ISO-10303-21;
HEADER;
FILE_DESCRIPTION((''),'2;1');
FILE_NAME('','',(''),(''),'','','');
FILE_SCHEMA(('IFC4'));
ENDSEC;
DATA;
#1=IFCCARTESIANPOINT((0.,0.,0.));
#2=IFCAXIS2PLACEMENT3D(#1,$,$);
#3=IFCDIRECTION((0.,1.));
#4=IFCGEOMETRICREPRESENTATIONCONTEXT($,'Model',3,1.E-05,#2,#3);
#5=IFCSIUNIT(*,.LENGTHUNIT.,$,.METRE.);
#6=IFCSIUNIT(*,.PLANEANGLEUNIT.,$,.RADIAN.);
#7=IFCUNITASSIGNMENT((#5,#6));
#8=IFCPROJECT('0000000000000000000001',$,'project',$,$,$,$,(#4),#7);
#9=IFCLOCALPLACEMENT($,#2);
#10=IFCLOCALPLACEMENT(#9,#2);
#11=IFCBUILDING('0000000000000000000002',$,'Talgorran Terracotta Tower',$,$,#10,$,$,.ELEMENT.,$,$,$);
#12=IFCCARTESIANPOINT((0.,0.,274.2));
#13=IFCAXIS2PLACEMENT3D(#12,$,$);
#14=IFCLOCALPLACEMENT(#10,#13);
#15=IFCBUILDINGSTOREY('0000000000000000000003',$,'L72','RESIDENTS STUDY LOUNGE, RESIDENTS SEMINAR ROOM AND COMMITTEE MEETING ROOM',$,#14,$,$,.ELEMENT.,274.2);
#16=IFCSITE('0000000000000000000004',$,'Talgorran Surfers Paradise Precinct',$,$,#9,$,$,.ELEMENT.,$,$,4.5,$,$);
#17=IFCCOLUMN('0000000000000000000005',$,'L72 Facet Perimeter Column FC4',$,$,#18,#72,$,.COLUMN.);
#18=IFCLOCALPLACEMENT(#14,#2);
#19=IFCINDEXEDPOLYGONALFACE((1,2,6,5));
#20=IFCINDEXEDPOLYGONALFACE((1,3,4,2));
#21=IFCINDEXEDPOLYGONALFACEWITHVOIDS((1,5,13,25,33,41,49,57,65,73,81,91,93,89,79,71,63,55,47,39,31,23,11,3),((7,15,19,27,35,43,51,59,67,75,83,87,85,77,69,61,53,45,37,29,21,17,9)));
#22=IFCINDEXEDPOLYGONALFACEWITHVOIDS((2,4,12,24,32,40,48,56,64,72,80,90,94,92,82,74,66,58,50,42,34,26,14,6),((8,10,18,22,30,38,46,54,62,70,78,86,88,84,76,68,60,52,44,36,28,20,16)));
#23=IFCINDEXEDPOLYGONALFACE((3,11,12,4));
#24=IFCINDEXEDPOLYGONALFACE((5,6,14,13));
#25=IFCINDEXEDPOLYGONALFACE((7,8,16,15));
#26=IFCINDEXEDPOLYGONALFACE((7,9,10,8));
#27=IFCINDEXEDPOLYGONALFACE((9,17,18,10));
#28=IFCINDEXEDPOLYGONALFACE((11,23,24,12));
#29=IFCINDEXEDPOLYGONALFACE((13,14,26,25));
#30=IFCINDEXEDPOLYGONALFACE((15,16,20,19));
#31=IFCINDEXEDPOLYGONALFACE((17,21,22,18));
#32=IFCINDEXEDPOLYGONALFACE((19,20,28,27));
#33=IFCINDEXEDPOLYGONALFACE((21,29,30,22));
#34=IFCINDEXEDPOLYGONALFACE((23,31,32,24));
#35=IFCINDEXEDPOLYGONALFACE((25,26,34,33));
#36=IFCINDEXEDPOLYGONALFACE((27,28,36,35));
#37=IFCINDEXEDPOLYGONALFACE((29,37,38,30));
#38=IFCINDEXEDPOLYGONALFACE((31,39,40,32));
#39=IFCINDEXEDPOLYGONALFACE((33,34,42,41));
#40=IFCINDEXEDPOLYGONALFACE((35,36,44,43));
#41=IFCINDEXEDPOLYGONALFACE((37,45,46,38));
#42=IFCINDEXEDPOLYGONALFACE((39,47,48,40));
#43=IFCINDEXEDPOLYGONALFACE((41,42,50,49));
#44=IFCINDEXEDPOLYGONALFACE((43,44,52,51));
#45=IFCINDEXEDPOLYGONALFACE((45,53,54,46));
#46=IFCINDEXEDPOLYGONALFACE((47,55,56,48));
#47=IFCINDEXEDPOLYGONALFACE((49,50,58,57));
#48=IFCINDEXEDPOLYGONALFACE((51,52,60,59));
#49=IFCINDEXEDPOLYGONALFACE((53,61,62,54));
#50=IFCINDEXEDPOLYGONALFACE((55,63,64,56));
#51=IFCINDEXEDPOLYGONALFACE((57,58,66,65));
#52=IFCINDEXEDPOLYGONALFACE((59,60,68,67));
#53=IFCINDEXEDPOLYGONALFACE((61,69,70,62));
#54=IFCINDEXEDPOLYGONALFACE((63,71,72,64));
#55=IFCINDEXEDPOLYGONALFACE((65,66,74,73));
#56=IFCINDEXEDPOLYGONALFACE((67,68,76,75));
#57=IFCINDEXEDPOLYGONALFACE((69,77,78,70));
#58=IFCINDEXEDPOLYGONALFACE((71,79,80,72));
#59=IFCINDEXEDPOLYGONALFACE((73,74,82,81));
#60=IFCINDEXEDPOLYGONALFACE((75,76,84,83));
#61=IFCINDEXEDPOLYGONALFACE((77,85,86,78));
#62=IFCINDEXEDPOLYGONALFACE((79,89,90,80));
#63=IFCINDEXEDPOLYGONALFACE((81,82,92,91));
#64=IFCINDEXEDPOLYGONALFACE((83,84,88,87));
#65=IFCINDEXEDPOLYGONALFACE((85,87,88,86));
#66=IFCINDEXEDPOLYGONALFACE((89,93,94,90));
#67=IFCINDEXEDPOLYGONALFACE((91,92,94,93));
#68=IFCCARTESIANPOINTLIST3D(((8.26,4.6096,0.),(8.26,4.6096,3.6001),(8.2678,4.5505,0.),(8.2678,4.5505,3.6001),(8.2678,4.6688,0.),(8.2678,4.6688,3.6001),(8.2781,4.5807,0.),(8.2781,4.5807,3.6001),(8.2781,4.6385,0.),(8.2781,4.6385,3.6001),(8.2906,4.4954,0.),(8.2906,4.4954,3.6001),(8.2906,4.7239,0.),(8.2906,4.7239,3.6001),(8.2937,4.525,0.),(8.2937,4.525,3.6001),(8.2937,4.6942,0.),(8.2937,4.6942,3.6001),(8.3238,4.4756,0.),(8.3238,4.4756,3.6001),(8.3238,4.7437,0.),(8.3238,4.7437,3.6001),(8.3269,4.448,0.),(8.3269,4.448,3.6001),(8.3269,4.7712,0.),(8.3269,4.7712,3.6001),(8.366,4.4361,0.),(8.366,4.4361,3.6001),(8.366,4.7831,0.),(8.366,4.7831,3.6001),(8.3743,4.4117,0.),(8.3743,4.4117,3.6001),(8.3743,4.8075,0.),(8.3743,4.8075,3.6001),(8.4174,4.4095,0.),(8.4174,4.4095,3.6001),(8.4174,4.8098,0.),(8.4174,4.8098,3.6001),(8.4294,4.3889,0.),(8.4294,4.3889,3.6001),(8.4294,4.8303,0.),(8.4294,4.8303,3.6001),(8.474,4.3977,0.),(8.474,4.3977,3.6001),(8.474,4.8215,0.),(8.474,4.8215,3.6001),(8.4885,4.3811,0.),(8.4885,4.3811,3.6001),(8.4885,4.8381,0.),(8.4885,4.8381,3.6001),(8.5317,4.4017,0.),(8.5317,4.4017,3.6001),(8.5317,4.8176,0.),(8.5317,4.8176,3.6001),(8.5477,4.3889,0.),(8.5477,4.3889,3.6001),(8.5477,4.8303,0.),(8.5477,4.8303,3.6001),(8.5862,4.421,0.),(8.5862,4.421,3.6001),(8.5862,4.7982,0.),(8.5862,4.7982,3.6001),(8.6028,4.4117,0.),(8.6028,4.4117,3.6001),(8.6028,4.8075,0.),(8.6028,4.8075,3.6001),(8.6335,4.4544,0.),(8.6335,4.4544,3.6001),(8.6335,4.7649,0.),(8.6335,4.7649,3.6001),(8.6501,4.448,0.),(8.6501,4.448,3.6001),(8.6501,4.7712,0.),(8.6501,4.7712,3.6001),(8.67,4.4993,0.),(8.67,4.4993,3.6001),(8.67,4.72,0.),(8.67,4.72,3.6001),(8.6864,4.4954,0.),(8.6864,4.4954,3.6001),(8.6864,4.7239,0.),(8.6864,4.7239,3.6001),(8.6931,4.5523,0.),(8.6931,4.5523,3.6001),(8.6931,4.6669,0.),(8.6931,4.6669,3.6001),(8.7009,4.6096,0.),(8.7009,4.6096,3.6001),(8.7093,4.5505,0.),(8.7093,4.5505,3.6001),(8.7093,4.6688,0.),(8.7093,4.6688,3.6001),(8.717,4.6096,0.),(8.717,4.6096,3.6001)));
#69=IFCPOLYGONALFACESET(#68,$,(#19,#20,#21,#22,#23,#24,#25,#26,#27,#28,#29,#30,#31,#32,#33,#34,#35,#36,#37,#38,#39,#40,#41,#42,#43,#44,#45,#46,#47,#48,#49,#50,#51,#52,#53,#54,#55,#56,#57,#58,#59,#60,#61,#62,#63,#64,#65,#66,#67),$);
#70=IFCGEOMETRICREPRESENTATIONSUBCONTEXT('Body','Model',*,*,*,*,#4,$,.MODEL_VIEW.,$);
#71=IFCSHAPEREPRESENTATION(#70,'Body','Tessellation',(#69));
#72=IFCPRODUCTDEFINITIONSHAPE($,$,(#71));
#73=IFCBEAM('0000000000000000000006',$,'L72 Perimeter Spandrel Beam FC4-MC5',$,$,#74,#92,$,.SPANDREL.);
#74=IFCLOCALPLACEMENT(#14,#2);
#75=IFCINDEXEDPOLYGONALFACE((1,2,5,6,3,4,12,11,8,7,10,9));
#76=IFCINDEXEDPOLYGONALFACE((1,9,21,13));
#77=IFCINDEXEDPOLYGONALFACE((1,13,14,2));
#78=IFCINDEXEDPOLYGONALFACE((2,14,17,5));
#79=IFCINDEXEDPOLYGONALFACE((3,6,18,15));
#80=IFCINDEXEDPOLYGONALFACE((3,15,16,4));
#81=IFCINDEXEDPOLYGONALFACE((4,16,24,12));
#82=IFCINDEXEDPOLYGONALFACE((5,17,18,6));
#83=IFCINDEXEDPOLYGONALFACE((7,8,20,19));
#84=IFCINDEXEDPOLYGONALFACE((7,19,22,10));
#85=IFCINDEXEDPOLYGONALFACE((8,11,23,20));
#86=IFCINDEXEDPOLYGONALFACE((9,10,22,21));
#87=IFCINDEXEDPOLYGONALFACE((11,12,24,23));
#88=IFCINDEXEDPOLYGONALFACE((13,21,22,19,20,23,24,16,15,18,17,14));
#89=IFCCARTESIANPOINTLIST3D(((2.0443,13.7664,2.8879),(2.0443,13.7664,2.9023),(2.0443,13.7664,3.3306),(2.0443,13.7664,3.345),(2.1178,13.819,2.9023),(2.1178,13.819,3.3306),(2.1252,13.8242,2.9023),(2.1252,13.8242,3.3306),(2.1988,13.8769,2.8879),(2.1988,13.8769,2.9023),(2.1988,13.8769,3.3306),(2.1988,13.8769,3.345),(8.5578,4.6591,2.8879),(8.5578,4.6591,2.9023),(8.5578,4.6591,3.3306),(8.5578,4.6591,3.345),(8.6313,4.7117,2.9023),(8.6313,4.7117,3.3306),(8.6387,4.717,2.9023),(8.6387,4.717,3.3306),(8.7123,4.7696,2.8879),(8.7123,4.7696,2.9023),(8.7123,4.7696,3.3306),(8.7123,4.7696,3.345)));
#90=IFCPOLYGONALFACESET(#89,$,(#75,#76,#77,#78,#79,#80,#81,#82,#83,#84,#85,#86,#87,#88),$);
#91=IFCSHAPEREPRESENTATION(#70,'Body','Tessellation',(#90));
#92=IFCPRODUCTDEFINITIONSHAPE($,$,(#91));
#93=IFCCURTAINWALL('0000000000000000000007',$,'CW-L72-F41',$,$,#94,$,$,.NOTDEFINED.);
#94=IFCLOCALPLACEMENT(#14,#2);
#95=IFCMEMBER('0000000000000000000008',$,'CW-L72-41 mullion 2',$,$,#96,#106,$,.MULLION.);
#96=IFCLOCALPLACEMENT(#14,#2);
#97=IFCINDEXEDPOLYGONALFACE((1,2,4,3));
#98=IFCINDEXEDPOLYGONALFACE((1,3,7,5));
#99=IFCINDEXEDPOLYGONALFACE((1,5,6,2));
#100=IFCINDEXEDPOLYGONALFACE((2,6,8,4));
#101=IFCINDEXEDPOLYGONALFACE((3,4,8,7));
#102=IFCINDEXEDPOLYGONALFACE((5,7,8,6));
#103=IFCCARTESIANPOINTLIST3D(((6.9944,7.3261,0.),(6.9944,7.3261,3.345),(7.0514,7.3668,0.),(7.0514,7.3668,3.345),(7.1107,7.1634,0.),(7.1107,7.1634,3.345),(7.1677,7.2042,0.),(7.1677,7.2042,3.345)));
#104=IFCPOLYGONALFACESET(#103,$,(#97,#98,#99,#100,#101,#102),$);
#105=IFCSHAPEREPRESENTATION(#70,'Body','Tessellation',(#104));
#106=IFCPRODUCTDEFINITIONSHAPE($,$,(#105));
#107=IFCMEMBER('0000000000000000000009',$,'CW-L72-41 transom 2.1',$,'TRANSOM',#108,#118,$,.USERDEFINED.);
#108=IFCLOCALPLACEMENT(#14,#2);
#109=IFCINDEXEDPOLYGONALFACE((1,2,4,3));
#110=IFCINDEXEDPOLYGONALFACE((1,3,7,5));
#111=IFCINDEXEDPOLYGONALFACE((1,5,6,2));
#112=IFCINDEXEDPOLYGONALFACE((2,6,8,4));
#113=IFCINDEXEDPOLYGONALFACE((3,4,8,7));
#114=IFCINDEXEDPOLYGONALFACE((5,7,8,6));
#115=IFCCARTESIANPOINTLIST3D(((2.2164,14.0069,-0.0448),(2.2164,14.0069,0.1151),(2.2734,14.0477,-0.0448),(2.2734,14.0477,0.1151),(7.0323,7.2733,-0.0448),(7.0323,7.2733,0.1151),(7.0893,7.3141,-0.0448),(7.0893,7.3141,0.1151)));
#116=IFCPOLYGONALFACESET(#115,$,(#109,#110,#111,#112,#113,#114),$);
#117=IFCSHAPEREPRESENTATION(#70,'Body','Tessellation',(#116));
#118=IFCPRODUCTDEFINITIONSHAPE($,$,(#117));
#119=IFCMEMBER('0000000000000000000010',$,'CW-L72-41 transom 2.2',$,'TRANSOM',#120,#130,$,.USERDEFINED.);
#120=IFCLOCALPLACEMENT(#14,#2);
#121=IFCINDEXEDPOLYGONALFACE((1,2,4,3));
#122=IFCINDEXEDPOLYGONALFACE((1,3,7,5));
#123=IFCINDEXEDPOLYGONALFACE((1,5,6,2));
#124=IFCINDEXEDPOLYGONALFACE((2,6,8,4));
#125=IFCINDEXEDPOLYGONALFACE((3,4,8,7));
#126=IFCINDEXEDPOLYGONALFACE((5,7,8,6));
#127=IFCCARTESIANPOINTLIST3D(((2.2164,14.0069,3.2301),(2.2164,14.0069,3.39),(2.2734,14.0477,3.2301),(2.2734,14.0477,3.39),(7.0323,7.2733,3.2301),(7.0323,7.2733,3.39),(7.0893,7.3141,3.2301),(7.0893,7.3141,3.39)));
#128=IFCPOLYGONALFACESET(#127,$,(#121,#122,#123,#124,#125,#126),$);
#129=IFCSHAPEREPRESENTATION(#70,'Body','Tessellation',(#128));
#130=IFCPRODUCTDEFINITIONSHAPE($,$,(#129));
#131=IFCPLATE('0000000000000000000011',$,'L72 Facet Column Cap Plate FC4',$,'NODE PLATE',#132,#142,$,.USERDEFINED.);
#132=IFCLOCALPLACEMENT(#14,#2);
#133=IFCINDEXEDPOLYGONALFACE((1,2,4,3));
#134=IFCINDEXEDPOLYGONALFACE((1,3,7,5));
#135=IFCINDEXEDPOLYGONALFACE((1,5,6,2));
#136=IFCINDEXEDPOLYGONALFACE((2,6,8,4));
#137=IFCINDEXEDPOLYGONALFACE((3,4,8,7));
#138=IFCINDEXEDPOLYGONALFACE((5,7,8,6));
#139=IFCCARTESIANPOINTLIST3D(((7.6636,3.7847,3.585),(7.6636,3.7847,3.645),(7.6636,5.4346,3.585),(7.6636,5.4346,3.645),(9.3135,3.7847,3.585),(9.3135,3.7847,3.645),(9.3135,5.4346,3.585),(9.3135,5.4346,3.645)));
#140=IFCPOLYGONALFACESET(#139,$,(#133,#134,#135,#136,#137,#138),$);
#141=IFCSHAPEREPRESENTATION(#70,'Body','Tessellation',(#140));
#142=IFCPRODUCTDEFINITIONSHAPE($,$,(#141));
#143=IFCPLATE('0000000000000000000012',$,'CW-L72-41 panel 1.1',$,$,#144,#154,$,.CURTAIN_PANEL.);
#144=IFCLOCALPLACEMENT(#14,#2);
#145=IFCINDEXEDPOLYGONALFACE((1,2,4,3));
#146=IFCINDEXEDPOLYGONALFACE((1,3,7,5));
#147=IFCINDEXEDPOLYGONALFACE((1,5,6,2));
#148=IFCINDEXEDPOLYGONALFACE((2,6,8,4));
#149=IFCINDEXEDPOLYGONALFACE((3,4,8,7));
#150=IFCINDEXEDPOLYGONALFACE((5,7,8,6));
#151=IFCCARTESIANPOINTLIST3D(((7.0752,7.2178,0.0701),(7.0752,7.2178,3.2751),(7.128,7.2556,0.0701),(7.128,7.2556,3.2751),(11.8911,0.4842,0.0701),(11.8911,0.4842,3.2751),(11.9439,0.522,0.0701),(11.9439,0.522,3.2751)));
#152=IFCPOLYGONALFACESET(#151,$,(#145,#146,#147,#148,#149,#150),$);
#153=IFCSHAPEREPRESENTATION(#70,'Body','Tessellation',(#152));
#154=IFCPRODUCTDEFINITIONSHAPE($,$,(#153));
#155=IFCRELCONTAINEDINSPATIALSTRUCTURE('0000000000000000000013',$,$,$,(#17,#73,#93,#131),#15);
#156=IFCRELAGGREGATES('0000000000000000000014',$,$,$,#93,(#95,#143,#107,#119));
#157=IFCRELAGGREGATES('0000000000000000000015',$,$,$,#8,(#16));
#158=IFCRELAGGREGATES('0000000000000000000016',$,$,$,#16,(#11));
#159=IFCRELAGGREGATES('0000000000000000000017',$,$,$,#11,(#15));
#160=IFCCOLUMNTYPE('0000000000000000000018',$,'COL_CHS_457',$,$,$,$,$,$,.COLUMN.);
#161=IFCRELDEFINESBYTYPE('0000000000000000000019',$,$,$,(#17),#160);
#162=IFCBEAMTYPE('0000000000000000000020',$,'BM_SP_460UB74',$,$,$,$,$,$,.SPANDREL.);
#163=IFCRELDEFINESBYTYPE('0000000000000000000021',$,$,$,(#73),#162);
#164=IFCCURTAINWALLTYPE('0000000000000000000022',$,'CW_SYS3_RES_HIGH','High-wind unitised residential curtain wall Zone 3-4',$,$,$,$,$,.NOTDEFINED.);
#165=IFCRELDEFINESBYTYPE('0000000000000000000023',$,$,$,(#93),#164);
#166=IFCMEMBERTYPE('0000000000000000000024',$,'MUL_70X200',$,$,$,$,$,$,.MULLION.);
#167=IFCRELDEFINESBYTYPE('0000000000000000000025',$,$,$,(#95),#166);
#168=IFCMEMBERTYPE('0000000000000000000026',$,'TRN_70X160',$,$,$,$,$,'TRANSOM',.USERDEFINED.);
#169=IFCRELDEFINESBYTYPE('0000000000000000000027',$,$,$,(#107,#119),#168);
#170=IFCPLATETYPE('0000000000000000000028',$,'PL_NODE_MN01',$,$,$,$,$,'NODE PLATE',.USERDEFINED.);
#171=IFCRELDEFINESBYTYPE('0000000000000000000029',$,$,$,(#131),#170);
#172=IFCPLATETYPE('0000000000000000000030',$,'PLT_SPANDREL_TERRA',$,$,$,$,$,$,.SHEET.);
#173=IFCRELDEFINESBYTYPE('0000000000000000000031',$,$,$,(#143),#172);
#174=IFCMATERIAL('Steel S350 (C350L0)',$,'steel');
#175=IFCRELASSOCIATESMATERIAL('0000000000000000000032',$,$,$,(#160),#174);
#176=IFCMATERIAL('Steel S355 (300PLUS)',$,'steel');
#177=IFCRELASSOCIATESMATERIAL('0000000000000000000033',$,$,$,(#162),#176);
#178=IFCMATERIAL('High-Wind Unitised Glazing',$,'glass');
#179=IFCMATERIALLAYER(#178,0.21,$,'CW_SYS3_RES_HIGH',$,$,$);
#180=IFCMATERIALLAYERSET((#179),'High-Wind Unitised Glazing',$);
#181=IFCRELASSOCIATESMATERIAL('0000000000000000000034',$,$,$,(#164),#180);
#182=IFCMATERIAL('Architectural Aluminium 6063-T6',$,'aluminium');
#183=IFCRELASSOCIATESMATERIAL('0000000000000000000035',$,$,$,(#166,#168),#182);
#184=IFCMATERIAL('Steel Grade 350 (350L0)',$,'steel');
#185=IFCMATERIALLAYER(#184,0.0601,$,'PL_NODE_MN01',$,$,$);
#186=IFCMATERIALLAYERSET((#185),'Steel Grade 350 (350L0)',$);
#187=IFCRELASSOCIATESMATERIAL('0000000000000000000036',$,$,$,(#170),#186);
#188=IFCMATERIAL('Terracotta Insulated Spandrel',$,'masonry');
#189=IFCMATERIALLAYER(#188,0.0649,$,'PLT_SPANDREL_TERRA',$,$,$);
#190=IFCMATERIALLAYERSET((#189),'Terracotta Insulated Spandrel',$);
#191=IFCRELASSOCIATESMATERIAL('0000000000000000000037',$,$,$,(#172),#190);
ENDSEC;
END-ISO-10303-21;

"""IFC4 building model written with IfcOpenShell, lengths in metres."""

from ifc_helpers import new_model, si_unit, direction, frame, origin, origin_2d, place, context, subcontext, project, spatial, rectangle, hollow_circle, i_section, extrude, source, transform, mapped, material, layer, layer_set, material_profile, profile_set, type_object, type_shapes, element, aggregate, save


model = new_model("IFC4")

# Units and contexts
model_context = context("Model", 3, precision=1e-05, world=origin(), true_north=direction((0.0, 1.0)))
body_context = subcontext(model_context, "Body", "Model", "MODEL_VIEW")
ifc_project = project(units=[si_unit("LENGTHUNIT", "METRE"), si_unit("PLANEANGLEUNIT", "RADIAN")], contexts=[model_context])

# Site, building, storey
site_placement = place(None, origin())
site = spatial("IfcSite", under=ifc_project, at=site_placement, Name="Talgorran Surfers Paradise Precinct", CompositionType="ELEMENT", RefElevation=4.5)
building_placement = place(site_placement, origin())
building = spatial("IfcBuilding", under=site, at=building_placement, Name="Talgorran Terracotta Tower", CompositionType="ELEMENT")
storey_placement = place(building_placement, frame((0.0, 0.0, 274.2)))
storey = spatial("IfcBuildingStorey", under=building, at=storey_placement, Name="L72", Description="RESIDENTS STUDY LOUNGE, RESIDENTS SEMINAR ROOM AND COMMITTEE MEETING ROOM", CompositionType="ELEMENT", Elevation=274.2)

# Column
ifc_material_1 = material(Name="Steel S350 (C350L0)", Category="steel")
ifc_material_profile_1 = material_profile(ifc_material_1, hollow_circle(Radius=0.2285, WallThickness=0.0161, at=origin_2d()), Name="CHS457X16")
ifc_profile_set_1 = profile_set([ifc_material_profile_1], Name="Steel S350 (C350L0)")
column_type = type_object("IfcColumnType", Name="COL_CHS_457", PredefinedType="COLUMN", material=ifc_profile_set_1)
column_placement = place(storey_placement, frame((8.4885, 4.6096, 0.0), z_axis=(0.0, 0.0, 1.0), x_axis=(1.0, 0.0, 0.0)))
element("IfcColumn", 1, at=column_placement, inside=storey, type_object=column_type, Name="L72 Facet Perimeter Column FC4", PredefinedType="COLUMN", context=body_context, shape_type="SweptSolid", body=[
    extrude(hollow_circle(Radius=0.2285, WallThickness=0.0161, at=origin_2d()), origin(), (0.0, 0.0, 1.0), 3.6001),
])

# Beam
ifc_material_2 = material(Name="Steel S355 (300PLUS)", Category="steel")
ifc_material_profile_2 = material_profile(ifc_material_2, i_section(OverallWidth=0.1899, OverallDepth=0.457, WebThickness=0.009, FlangeThickness=0.0144, at=origin_2d()), Name="460UB74.6")
ifc_profile_set_2 = profile_set([ifc_material_profile_2], Name="Steel S355 (300PLUS)")
beam_type = type_object("IfcBeamType", Name="BM_SP_460UB74", PredefinedType="SPANDREL", material=ifc_profile_set_2)
beam_placement = place(storey_placement, frame((8.635, 4.7144, 3.1165), z_axis=(-0.581729, 0.813383, 0.0), x_axis=(-0.813383, -0.581729, 0.0)))
element("IfcBeam", 2, at=beam_placement, inside=storey, type_object=beam_type, Name="L72 Perimeter Spandrel Beam FC4-MC5", PredefinedType="SPANDREL", context=body_context, shape_type="SweptSolid", body=[
    extrude(i_section(OverallWidth=0.1899, OverallDepth=0.457, WebThickness=0.009, FlangeThickness=0.0144, at=origin_2d()), origin(), (0.0, 0.0, 1.0), 11.1968),
])

# Curtain wall, members
ifc_material_3 = material(Name="High-Wind Unitised Glazing", Category="glass")
ifc_layer_1 = layer(ifc_material_3, 0.21, Name="CW_SYS3_RES_HIGH")
ifc_layer_set_1 = layer_set([ifc_layer_1], Name="High-Wind Unitised Glazing")
curtain_wall_type = type_object("IfcCurtainWallType", Name="CW_SYS3_RES_HIGH", Description="High-wind unitised residential curtain wall Zone 3-4", PredefinedType="NOTDEFINED", material=ifc_layer_set_1)
curtain_wall_placement = place(storey_placement, origin())
curtain_wall = element("IfcCurtainWall", 3, at=curtain_wall_placement, inside=storey, type_object=curtain_wall_type, Name="CW-L72-F41", PredefinedType="NOTDEFINED")
ifc_material_4 = material(Name="Architectural Aluminium 6063-T6", Category="aluminium")
ifc_material_profile_3 = material_profile(ifc_material_4, rectangle(XDim=0.0701, YDim=0.2, at=origin_2d()), Name="CWM70X200")
ifc_profile_set_3 = profile_set([ifc_material_profile_3], Name="Architectural Aluminium 6063-T6")
member_type_1 = type_object("IfcMemberType", Name="MUL_70X200", PredefinedType="MULLION", material=ifc_profile_set_3)
member_1_placement = place(storey_placement, frame((7.0811, 7.2651, 0.0), z_axis=(0.0, 0.0, 1.0), x_axis=(-0.81338, -0.581733, 0.0)))
member_1 = element("IfcMember", 4, at=member_1_placement, type_object=member_type_1, Name="CW-L72-41 mullion 2", PredefinedType="MULLION", context=body_context, shape_type="SweptSolid", body=[
    extrude(rectangle(XDim=0.0701, YDim=0.2, at=origin_2d()), origin(), (0.0, 0.0, 1.0), 3.345),
])
ifc_material_profile_4 = material_profile(ifc_material_4, rectangle(XDim=0.0701, YDim=0.1599, at=origin_2d()), Name="CWT70X160")
ifc_profile_set_4 = profile_set([ifc_material_profile_4], Name="Architectural Aluminium 6063-T6")
member_type_2 = type_object("IfcMemberType", Name="TRN_70X160", ElementType="TRANSOM", PredefinedType="USERDEFINED", material=ifc_profile_set_4)
member_2_placement = place(storey_placement, frame((7.0608, 7.2937, 0.0352), z_axis=(-0.581732, 0.813381, 0.0), x_axis=(-0.813381, -0.581732, 0.0)))
member_2 = element("IfcMember", 5, at=member_2_placement, type_object=member_type_2, Name="CW-L72-41 transom 2.1", ObjectType="TRANSOM", PredefinedType="USERDEFINED", context=body_context, shape_type="SweptSolid", body=[
    extrude(rectangle(XDim=0.0701, YDim=0.1599, at=origin_2d()), origin(), (0.0, 0.0, 1.0), 8.2786),
])
member_3_placement = place(storey_placement, frame((7.0608, 7.2937, 3.3101), z_axis=(-0.581732, 0.813381, 0.0), x_axis=(-0.813381, -0.581732, 0.0)))
member_3 = element("IfcMember", 6, at=member_3_placement, type_object=member_type_2, Name="CW-L72-41 transom 2.2", ObjectType="TRANSOM", PredefinedType="USERDEFINED", context=body_context, shape_type="SweptSolid", body=[
    extrude(rectangle(XDim=0.0701, YDim=0.1599, at=origin_2d()), origin(), (0.0, 0.0, 1.0), 8.2786),
])

# Plates
ifc_material_5 = material(Name="Steel Grade 350 (350L0)", Category="steel")
ifc_layer_2 = layer(ifc_material_5, 0.0601, Name="PL_NODE_MN01")
ifc_layer_set_2 = layer_set([ifc_layer_2], Name="Steel Grade 350 (350L0)")
plate_type_1 = type_object("IfcPlateType", Name="PL_NODE_MN01", ElementType="NODE PLATE", PredefinedType="USERDEFINED", material=ifc_layer_set_2)
plate_1_placement = place(storey_placement, frame((8.4885, 4.6096, 3.585), z_axis=(0.0, 0.0, 1.0), x_axis=(1.0, 0.0, 0.0)))
element("IfcPlate", 7, at=plate_1_placement, inside=storey, type_object=plate_type_1, Name="L72 Facet Column Cap Plate FC4", ObjectType="NODE PLATE", PredefinedType="USERDEFINED", context=body_context, shape_type="SweptSolid", body=[
    extrude(rectangle(XDim=1.6499, YDim=1.6499, at=origin_2d()), origin(), (0.0, 0.0, 1.0), 0.0601),
])
ifc_material_6 = material(Name="Terracotta Insulated Spandrel", Category="masonry")
ifc_layer_3 = layer(ifc_material_6, 0.0649, Name="PLT_SPANDREL_TERRA")
ifc_layer_set_3 = layer_set([ifc_layer_3], Name="Terracotta Insulated Spandrel")
plate_type_2 = type_object("IfcPlateType", Name="PLT_SPANDREL_TERRA", PredefinedType="SHEET", material=ifc_layer_set_3)
shared_shape = source(origin(), body_context, "Body", "SweptSolid", [
    extrude(rectangle(XDim=8.2786, YDim=0.0649, at=origin_2d()), origin(), (0.0, 0.0, 1.0), 3.2051),
])
type_shapes(plate_type_2, [shared_shape])
plate_2_placement = place(storey_placement, frame((9.5095, 3.8699, 0.0701), z_axis=(0.0, 0.0, 1.0), x_axis=(-0.581733, 0.81338, 0.0)))
plate_2 = element("IfcPlate", 8, at=plate_2_placement, type_object=plate_type_2, Name="CW-L72-41 panel 1.1", PredefinedType="CURTAIN_PANEL", context=body_context, shape_type="MappedRepresentation", body=[
    mapped(shared_shape, transform((0.0, 0.0, 0.0), scale=1.0)),
])
aggregate(curtain_wall, [member_1, plate_2, member_2, member_3])

save(model, "model.ifc")
